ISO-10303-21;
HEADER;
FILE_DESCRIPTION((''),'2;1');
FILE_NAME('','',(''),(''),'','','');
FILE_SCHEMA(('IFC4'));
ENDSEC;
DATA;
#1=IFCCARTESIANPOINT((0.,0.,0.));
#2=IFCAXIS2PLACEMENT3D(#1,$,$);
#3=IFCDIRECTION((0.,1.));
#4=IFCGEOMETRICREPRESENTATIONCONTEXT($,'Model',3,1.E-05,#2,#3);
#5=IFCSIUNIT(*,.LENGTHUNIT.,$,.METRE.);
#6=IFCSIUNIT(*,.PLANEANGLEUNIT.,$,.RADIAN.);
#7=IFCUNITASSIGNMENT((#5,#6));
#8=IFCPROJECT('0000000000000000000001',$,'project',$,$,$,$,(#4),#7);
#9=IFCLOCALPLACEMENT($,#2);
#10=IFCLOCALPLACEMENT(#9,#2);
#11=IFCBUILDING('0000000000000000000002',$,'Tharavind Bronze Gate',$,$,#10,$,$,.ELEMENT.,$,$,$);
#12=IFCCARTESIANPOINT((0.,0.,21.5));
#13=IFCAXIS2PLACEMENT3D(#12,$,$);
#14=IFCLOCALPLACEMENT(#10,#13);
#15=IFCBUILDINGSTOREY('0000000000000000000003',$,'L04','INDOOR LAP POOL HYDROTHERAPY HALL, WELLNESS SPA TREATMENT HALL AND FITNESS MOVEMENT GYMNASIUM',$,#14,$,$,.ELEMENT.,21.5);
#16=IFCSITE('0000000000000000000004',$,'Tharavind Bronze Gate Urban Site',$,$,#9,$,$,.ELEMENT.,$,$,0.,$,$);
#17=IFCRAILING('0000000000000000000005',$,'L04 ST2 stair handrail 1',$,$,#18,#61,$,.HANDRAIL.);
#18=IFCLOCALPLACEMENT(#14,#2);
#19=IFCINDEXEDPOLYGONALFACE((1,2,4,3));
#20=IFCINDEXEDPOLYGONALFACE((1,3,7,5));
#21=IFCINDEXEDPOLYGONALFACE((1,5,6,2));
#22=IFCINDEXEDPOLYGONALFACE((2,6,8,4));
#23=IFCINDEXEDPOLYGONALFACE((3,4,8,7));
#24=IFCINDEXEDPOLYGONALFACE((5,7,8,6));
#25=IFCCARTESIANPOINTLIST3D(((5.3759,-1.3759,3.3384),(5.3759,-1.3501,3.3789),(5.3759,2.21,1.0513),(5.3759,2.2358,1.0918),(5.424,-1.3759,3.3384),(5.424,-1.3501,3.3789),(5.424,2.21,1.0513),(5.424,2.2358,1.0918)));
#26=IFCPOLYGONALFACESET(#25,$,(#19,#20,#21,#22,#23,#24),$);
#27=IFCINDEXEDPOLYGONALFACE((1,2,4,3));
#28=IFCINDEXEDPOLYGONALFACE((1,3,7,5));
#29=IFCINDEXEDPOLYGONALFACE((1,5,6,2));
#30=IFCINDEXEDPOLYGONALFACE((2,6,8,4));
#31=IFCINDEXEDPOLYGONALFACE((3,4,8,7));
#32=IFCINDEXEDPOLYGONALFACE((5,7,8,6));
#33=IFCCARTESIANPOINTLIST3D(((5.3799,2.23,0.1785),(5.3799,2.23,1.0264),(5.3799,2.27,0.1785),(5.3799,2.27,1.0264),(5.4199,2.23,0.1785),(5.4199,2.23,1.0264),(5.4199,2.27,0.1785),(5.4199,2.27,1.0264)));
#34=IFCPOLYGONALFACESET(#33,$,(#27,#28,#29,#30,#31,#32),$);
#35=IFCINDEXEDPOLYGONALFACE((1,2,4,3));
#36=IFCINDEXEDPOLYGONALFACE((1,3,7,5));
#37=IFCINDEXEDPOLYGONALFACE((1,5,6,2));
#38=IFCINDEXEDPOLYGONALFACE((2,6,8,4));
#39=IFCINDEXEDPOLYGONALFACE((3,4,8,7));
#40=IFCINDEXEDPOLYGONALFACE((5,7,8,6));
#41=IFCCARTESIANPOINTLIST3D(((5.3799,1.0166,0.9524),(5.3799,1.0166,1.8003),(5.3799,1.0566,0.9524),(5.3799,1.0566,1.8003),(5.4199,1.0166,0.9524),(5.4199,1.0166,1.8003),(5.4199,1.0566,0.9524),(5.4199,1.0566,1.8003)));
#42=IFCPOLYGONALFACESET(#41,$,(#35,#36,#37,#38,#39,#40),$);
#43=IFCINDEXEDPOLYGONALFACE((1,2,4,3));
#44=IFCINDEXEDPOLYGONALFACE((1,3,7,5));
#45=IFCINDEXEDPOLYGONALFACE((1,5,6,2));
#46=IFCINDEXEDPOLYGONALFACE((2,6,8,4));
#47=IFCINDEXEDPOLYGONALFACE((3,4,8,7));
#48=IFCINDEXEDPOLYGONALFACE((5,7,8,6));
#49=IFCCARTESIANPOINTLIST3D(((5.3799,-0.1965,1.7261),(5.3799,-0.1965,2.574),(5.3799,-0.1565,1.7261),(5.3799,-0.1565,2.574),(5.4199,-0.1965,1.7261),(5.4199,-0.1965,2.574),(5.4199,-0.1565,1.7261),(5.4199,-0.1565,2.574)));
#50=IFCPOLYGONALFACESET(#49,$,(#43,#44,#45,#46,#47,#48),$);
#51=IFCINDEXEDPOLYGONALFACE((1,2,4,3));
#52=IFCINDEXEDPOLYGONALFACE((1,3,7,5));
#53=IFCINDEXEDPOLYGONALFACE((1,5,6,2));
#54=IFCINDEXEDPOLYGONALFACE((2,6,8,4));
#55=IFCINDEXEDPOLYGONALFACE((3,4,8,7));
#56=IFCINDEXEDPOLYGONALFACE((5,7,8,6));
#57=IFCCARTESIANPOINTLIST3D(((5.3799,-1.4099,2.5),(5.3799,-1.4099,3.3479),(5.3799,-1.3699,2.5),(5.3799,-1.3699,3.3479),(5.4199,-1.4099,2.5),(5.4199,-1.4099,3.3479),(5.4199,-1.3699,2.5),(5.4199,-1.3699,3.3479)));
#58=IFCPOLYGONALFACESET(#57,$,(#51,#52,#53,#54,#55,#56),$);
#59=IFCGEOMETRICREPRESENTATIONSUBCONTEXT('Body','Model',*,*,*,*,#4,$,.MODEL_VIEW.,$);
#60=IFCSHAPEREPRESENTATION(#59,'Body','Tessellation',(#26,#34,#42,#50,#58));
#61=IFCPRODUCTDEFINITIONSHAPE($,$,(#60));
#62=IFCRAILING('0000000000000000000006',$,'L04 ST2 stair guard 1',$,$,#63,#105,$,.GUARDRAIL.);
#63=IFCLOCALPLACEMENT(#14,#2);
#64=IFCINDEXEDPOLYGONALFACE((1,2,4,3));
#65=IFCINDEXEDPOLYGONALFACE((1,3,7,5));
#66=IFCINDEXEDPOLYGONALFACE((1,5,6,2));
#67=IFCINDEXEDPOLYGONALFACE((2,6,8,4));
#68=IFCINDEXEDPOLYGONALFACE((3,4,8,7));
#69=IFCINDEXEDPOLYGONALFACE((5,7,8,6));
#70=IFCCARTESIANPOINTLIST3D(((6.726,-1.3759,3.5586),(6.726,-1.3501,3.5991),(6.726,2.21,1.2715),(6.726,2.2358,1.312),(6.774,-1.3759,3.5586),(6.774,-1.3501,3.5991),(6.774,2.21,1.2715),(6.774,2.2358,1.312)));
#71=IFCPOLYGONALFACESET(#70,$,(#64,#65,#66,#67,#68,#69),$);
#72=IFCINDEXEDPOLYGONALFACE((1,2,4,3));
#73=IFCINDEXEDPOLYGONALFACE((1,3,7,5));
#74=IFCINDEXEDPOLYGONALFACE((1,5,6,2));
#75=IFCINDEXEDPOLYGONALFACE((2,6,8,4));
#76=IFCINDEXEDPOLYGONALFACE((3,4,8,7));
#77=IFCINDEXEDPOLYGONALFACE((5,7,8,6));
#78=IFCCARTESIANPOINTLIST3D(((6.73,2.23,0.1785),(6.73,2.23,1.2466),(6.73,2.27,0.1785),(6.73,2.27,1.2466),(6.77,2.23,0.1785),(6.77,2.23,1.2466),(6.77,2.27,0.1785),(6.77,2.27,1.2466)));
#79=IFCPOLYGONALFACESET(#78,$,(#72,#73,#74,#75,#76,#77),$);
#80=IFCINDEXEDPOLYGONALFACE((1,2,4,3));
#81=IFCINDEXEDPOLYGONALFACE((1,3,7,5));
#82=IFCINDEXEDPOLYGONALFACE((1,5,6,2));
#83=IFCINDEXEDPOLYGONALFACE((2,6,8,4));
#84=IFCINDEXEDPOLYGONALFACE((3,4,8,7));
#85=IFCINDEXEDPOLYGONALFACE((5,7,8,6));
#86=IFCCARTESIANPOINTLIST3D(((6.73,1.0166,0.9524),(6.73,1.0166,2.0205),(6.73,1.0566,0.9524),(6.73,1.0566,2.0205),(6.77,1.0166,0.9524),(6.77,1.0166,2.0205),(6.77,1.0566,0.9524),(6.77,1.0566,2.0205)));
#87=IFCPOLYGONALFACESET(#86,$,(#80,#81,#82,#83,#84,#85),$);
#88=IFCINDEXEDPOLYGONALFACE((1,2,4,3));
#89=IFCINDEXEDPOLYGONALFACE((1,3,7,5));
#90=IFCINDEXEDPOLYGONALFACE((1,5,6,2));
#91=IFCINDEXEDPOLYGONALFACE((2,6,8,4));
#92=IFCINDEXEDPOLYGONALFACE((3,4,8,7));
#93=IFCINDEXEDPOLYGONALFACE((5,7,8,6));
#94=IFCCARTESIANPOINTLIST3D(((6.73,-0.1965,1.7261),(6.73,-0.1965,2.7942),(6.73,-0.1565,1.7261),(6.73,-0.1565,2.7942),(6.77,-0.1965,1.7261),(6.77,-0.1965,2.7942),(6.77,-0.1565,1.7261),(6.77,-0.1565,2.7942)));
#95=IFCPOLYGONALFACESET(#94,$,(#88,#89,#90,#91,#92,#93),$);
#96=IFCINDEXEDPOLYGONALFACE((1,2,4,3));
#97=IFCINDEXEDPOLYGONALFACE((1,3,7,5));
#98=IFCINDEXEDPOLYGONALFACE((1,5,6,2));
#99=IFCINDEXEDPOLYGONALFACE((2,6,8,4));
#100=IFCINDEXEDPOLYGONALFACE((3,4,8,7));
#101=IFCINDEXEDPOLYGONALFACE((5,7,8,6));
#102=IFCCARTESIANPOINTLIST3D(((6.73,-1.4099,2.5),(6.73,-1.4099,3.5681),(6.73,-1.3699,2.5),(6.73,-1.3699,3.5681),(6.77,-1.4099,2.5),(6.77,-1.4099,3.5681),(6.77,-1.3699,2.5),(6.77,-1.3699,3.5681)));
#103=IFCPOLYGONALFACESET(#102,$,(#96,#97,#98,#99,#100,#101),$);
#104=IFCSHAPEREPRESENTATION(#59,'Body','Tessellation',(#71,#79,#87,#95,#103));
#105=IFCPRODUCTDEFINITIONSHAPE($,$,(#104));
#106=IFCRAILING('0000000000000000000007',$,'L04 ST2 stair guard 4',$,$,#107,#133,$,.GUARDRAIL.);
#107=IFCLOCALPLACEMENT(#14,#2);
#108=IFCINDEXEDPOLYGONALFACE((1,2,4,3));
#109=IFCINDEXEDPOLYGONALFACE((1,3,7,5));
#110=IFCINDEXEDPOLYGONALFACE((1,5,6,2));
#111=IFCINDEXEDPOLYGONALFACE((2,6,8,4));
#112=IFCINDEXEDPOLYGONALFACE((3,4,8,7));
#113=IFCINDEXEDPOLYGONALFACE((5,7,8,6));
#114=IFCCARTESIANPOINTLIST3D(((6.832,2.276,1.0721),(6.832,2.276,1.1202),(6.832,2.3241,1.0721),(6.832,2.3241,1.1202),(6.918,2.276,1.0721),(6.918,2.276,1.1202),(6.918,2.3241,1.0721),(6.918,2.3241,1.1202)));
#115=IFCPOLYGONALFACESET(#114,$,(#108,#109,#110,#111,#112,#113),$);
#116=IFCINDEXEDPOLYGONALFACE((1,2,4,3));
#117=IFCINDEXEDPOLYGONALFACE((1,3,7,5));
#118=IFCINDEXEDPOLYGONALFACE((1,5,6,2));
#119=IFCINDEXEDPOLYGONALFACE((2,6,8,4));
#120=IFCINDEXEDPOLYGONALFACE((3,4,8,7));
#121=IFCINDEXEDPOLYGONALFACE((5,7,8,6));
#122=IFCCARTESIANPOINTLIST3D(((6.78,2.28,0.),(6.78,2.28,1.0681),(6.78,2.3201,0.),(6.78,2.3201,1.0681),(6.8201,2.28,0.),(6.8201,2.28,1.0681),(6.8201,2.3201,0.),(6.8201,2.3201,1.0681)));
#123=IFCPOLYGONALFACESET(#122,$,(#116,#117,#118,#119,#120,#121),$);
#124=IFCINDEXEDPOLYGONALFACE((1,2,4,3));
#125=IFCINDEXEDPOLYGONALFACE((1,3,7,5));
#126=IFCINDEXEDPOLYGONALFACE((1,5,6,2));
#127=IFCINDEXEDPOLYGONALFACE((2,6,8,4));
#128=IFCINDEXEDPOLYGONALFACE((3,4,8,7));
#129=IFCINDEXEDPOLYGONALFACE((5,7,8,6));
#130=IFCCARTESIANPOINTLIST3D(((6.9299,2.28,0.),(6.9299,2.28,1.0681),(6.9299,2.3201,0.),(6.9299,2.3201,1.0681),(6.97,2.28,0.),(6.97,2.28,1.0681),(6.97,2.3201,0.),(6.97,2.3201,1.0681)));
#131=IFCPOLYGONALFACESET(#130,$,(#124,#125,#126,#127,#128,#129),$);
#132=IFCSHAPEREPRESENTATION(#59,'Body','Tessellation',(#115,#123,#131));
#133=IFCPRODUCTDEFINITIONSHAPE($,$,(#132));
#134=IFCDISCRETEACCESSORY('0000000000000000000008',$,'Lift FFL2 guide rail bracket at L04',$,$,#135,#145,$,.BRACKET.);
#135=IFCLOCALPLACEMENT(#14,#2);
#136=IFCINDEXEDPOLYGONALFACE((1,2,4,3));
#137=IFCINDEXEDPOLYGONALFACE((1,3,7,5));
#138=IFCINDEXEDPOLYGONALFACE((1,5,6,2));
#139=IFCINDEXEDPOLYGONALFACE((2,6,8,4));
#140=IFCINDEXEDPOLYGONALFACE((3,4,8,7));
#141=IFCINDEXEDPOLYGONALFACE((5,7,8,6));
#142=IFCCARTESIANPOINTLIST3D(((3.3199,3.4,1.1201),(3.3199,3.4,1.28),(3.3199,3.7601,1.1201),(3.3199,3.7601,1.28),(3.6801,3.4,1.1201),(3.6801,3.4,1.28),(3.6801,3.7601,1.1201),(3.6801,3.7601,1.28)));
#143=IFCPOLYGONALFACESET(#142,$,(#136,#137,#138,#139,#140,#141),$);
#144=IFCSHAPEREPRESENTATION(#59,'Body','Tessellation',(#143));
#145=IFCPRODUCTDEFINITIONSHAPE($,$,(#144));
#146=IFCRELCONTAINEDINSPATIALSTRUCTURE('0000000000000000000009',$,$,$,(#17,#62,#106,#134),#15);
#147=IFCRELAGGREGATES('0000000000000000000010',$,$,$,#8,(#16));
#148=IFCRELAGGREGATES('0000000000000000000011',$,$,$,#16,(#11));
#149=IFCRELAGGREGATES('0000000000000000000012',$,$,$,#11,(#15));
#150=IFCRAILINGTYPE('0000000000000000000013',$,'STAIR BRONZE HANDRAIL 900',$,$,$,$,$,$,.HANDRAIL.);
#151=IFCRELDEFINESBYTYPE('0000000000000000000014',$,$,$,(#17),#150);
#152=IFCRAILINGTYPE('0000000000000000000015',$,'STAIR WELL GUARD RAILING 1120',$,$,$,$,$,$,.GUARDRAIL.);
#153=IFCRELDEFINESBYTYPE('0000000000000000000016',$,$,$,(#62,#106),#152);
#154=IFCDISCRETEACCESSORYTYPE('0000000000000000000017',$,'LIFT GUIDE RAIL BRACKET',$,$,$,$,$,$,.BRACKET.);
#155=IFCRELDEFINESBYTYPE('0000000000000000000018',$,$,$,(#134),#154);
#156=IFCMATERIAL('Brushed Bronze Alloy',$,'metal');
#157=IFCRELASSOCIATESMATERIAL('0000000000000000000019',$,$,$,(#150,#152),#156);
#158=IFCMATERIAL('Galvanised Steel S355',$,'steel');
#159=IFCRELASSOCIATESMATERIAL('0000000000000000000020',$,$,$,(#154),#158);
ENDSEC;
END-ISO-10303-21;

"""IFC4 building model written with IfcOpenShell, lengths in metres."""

from ifc_helpers import new_model, si_unit, direction, frame, origin, origin_2d, place, context, subcontext, project, spatial, rectangle, extrude, material, type_object, element, save


model = new_model("IFC4")

# Units and contexts
model_context = context("Model", 3, precision=1e-05, world=origin(), true_north=direction((0.0, 1.0)))
body_context = subcontext(model_context, "Body", "Model", "MODEL_VIEW")
ifc_project = project(units=[si_unit("LENGTHUNIT", "METRE"), si_unit("PLANEANGLEUNIT", "RADIAN")], contexts=[model_context])

# Site, building, storey
site_placement = place(None, origin())
site = spatial("IfcSite", under=ifc_project, at=site_placement, Name="Tharavind Bronze Gate Urban Site", CompositionType="ELEMENT", RefElevation=0.0)
building_placement = place(site_placement, origin())
building = spatial("IfcBuilding", under=site, at=building_placement, Name="Tharavind Bronze Gate", CompositionType="ELEMENT")
storey_placement = place(building_placement, frame((0.0, 0.0, 21.5)))
storey = spatial("IfcBuildingStorey", under=building, at=storey_placement, Name="L04", Description="INDOOR LAP POOL HYDROTHERAPY HALL, WELLNESS SPA TREATMENT HALL AND FITNESS MOVEMENT GYMNASIUM", CompositionType="ELEMENT", Elevation=21.5)

# Railings
ifc_material_1 = material(Name="Brushed Bronze Alloy", Category="metal")
railing_type_1 = type_object("IfcRailingType", Name="STAIR BRONZE HANDRAIL 900", PredefinedType="HANDRAIL", material=ifc_material_1)
railing_1_placement = place(storey_placement, frame((5.3999, 2.25, 0.1785)))
element("IfcRailing", 1, at=railing_1_placement, inside=storey, type_object=railing_type_1, Name="L04 ST2 stair handrail 1", PredefinedType="HANDRAIL", context=body_context, shape_type="SweptSolid", body=[
    extrude(rectangle(XDim=0.0481, YDim=0.0481, at=origin_2d()), frame((0.0, -0.0271, 0.8931), z_axis=(0.0, -0.843112, 0.537739), x_axis=(1.0, 0.0, 0.0)), (0.0, 0.0, 1.0), 4.2532),
    extrude(rectangle(XDim=0.04, YDim=0.04, at=origin_2d()), origin(), (0.0, 0.0, 1.0), 0.8479),
    extrude(rectangle(XDim=0.04, YDim=0.04, at=origin_2d()), frame((0.0, -1.2134, 0.7739)), (0.0, 0.0, 1.0), 0.8479),
    extrude(rectangle(XDim=0.04, YDim=0.04, at=origin_2d()), frame((0.0, -2.4265, 1.5476)), (0.0, 0.0, 1.0), 0.8479),
    extrude(rectangle(XDim=0.04, YDim=0.04, at=origin_2d()), frame((0.0, -3.6399, 2.3215)), (0.0, 0.0, 1.0), 0.8479),
])
railing_type_2 = type_object("IfcRailingType", Name="STAIR WELL GUARD RAILING 1120", PredefinedType="GUARDRAIL", material=ifc_material_1)
railing_2_placement = place(storey_placement, frame((6.75, 2.25, 0.1785)))
element("IfcRailing", 2, at=railing_2_placement, inside=storey, type_object=railing_type_2, Name="L04 ST2 stair guard 1", PredefinedType="GUARDRAIL", context=body_context, shape_type="SweptSolid", body=[
    extrude(rectangle(XDim=0.0481, YDim=0.0481, at=origin_2d()), frame((0.0, -0.0271, 1.1133), z_axis=(0.0, -0.843112, 0.537739), x_axis=(1.0, 0.0, 0.0)), (0.0, 0.0, 1.0), 4.2532),
    extrude(rectangle(XDim=0.04, YDim=0.04, at=origin_2d()), origin(), (0.0, 0.0, 1.0), 1.0681),
    extrude(rectangle(XDim=0.04, YDim=0.04, at=origin_2d()), frame((0.0, -1.2134, 0.7739)), (0.0, 0.0, 1.0), 1.0681),
    extrude(rectangle(XDim=0.04, YDim=0.04, at=origin_2d()), frame((0.0, -2.4265, 1.5476)), (0.0, 0.0, 1.0), 1.0681),
    extrude(rectangle(XDim=0.04, YDim=0.04, at=origin_2d()), frame((0.0, -3.6399, 2.3215)), (0.0, 0.0, 1.0), 1.0681),
])
railing_3_placement = place(storey_placement, frame((6.8, 2.3, 0.0)))
element("IfcRailing", 3, at=railing_3_placement, inside=storey, type_object=railing_type_2, Name="L04 ST2 stair guard 4", PredefinedType="GUARDRAIL", context=body_context, shape_type="SweptSolid", body=[
    extrude(rectangle(XDim=0.0481, YDim=0.0481, at=origin_2d()), frame((0.032, 0.0, 1.0962), z_axis=(1.0, 0.0, 0.0), x_axis=(0.0, 1.0, 0.0)), (0.0, 0.0, 1.0), 0.0859),
    extrude(rectangle(XDim=0.04, YDim=0.04, at=origin_2d()), origin(), (0.0, 0.0, 1.0), 1.0681),
    extrude(rectangle(XDim=0.04, YDim=0.04, at=origin_2d()), frame((0.1499, 0.0, 0.0)), (0.0, 0.0, 1.0), 1.0681),
])

# Discrete accessory
ifc_material_2 = material(Name="Galvanised Steel S355", Category="steel")
discrete_accessory_type = type_object("IfcDiscreteAccessoryType", Name="LIFT GUIDE RAIL BRACKET", PredefinedType="BRACKET", material=ifc_material_2)
discrete_accessory_placement = place(storey_placement, frame((3.5, 3.5801, 1.1201), z_axis=(0.0, 0.0, 1.0), x_axis=(1.0, 0.0, 0.0)))
element("IfcDiscreteAccessory", 4, at=discrete_accessory_placement, inside=storey, type_object=discrete_accessory_type, Name="Lift FFL2 guide rail bracket at L04", PredefinedType="BRACKET", context=body_context, shape_type="SweptSolid", body=[
    extrude(rectangle(XDim=0.3601, YDim=0.3601, at=origin_2d()), origin(), (0.0, 0.0, 1.0), 0.1599),
])

save(model, "model.ifc")
